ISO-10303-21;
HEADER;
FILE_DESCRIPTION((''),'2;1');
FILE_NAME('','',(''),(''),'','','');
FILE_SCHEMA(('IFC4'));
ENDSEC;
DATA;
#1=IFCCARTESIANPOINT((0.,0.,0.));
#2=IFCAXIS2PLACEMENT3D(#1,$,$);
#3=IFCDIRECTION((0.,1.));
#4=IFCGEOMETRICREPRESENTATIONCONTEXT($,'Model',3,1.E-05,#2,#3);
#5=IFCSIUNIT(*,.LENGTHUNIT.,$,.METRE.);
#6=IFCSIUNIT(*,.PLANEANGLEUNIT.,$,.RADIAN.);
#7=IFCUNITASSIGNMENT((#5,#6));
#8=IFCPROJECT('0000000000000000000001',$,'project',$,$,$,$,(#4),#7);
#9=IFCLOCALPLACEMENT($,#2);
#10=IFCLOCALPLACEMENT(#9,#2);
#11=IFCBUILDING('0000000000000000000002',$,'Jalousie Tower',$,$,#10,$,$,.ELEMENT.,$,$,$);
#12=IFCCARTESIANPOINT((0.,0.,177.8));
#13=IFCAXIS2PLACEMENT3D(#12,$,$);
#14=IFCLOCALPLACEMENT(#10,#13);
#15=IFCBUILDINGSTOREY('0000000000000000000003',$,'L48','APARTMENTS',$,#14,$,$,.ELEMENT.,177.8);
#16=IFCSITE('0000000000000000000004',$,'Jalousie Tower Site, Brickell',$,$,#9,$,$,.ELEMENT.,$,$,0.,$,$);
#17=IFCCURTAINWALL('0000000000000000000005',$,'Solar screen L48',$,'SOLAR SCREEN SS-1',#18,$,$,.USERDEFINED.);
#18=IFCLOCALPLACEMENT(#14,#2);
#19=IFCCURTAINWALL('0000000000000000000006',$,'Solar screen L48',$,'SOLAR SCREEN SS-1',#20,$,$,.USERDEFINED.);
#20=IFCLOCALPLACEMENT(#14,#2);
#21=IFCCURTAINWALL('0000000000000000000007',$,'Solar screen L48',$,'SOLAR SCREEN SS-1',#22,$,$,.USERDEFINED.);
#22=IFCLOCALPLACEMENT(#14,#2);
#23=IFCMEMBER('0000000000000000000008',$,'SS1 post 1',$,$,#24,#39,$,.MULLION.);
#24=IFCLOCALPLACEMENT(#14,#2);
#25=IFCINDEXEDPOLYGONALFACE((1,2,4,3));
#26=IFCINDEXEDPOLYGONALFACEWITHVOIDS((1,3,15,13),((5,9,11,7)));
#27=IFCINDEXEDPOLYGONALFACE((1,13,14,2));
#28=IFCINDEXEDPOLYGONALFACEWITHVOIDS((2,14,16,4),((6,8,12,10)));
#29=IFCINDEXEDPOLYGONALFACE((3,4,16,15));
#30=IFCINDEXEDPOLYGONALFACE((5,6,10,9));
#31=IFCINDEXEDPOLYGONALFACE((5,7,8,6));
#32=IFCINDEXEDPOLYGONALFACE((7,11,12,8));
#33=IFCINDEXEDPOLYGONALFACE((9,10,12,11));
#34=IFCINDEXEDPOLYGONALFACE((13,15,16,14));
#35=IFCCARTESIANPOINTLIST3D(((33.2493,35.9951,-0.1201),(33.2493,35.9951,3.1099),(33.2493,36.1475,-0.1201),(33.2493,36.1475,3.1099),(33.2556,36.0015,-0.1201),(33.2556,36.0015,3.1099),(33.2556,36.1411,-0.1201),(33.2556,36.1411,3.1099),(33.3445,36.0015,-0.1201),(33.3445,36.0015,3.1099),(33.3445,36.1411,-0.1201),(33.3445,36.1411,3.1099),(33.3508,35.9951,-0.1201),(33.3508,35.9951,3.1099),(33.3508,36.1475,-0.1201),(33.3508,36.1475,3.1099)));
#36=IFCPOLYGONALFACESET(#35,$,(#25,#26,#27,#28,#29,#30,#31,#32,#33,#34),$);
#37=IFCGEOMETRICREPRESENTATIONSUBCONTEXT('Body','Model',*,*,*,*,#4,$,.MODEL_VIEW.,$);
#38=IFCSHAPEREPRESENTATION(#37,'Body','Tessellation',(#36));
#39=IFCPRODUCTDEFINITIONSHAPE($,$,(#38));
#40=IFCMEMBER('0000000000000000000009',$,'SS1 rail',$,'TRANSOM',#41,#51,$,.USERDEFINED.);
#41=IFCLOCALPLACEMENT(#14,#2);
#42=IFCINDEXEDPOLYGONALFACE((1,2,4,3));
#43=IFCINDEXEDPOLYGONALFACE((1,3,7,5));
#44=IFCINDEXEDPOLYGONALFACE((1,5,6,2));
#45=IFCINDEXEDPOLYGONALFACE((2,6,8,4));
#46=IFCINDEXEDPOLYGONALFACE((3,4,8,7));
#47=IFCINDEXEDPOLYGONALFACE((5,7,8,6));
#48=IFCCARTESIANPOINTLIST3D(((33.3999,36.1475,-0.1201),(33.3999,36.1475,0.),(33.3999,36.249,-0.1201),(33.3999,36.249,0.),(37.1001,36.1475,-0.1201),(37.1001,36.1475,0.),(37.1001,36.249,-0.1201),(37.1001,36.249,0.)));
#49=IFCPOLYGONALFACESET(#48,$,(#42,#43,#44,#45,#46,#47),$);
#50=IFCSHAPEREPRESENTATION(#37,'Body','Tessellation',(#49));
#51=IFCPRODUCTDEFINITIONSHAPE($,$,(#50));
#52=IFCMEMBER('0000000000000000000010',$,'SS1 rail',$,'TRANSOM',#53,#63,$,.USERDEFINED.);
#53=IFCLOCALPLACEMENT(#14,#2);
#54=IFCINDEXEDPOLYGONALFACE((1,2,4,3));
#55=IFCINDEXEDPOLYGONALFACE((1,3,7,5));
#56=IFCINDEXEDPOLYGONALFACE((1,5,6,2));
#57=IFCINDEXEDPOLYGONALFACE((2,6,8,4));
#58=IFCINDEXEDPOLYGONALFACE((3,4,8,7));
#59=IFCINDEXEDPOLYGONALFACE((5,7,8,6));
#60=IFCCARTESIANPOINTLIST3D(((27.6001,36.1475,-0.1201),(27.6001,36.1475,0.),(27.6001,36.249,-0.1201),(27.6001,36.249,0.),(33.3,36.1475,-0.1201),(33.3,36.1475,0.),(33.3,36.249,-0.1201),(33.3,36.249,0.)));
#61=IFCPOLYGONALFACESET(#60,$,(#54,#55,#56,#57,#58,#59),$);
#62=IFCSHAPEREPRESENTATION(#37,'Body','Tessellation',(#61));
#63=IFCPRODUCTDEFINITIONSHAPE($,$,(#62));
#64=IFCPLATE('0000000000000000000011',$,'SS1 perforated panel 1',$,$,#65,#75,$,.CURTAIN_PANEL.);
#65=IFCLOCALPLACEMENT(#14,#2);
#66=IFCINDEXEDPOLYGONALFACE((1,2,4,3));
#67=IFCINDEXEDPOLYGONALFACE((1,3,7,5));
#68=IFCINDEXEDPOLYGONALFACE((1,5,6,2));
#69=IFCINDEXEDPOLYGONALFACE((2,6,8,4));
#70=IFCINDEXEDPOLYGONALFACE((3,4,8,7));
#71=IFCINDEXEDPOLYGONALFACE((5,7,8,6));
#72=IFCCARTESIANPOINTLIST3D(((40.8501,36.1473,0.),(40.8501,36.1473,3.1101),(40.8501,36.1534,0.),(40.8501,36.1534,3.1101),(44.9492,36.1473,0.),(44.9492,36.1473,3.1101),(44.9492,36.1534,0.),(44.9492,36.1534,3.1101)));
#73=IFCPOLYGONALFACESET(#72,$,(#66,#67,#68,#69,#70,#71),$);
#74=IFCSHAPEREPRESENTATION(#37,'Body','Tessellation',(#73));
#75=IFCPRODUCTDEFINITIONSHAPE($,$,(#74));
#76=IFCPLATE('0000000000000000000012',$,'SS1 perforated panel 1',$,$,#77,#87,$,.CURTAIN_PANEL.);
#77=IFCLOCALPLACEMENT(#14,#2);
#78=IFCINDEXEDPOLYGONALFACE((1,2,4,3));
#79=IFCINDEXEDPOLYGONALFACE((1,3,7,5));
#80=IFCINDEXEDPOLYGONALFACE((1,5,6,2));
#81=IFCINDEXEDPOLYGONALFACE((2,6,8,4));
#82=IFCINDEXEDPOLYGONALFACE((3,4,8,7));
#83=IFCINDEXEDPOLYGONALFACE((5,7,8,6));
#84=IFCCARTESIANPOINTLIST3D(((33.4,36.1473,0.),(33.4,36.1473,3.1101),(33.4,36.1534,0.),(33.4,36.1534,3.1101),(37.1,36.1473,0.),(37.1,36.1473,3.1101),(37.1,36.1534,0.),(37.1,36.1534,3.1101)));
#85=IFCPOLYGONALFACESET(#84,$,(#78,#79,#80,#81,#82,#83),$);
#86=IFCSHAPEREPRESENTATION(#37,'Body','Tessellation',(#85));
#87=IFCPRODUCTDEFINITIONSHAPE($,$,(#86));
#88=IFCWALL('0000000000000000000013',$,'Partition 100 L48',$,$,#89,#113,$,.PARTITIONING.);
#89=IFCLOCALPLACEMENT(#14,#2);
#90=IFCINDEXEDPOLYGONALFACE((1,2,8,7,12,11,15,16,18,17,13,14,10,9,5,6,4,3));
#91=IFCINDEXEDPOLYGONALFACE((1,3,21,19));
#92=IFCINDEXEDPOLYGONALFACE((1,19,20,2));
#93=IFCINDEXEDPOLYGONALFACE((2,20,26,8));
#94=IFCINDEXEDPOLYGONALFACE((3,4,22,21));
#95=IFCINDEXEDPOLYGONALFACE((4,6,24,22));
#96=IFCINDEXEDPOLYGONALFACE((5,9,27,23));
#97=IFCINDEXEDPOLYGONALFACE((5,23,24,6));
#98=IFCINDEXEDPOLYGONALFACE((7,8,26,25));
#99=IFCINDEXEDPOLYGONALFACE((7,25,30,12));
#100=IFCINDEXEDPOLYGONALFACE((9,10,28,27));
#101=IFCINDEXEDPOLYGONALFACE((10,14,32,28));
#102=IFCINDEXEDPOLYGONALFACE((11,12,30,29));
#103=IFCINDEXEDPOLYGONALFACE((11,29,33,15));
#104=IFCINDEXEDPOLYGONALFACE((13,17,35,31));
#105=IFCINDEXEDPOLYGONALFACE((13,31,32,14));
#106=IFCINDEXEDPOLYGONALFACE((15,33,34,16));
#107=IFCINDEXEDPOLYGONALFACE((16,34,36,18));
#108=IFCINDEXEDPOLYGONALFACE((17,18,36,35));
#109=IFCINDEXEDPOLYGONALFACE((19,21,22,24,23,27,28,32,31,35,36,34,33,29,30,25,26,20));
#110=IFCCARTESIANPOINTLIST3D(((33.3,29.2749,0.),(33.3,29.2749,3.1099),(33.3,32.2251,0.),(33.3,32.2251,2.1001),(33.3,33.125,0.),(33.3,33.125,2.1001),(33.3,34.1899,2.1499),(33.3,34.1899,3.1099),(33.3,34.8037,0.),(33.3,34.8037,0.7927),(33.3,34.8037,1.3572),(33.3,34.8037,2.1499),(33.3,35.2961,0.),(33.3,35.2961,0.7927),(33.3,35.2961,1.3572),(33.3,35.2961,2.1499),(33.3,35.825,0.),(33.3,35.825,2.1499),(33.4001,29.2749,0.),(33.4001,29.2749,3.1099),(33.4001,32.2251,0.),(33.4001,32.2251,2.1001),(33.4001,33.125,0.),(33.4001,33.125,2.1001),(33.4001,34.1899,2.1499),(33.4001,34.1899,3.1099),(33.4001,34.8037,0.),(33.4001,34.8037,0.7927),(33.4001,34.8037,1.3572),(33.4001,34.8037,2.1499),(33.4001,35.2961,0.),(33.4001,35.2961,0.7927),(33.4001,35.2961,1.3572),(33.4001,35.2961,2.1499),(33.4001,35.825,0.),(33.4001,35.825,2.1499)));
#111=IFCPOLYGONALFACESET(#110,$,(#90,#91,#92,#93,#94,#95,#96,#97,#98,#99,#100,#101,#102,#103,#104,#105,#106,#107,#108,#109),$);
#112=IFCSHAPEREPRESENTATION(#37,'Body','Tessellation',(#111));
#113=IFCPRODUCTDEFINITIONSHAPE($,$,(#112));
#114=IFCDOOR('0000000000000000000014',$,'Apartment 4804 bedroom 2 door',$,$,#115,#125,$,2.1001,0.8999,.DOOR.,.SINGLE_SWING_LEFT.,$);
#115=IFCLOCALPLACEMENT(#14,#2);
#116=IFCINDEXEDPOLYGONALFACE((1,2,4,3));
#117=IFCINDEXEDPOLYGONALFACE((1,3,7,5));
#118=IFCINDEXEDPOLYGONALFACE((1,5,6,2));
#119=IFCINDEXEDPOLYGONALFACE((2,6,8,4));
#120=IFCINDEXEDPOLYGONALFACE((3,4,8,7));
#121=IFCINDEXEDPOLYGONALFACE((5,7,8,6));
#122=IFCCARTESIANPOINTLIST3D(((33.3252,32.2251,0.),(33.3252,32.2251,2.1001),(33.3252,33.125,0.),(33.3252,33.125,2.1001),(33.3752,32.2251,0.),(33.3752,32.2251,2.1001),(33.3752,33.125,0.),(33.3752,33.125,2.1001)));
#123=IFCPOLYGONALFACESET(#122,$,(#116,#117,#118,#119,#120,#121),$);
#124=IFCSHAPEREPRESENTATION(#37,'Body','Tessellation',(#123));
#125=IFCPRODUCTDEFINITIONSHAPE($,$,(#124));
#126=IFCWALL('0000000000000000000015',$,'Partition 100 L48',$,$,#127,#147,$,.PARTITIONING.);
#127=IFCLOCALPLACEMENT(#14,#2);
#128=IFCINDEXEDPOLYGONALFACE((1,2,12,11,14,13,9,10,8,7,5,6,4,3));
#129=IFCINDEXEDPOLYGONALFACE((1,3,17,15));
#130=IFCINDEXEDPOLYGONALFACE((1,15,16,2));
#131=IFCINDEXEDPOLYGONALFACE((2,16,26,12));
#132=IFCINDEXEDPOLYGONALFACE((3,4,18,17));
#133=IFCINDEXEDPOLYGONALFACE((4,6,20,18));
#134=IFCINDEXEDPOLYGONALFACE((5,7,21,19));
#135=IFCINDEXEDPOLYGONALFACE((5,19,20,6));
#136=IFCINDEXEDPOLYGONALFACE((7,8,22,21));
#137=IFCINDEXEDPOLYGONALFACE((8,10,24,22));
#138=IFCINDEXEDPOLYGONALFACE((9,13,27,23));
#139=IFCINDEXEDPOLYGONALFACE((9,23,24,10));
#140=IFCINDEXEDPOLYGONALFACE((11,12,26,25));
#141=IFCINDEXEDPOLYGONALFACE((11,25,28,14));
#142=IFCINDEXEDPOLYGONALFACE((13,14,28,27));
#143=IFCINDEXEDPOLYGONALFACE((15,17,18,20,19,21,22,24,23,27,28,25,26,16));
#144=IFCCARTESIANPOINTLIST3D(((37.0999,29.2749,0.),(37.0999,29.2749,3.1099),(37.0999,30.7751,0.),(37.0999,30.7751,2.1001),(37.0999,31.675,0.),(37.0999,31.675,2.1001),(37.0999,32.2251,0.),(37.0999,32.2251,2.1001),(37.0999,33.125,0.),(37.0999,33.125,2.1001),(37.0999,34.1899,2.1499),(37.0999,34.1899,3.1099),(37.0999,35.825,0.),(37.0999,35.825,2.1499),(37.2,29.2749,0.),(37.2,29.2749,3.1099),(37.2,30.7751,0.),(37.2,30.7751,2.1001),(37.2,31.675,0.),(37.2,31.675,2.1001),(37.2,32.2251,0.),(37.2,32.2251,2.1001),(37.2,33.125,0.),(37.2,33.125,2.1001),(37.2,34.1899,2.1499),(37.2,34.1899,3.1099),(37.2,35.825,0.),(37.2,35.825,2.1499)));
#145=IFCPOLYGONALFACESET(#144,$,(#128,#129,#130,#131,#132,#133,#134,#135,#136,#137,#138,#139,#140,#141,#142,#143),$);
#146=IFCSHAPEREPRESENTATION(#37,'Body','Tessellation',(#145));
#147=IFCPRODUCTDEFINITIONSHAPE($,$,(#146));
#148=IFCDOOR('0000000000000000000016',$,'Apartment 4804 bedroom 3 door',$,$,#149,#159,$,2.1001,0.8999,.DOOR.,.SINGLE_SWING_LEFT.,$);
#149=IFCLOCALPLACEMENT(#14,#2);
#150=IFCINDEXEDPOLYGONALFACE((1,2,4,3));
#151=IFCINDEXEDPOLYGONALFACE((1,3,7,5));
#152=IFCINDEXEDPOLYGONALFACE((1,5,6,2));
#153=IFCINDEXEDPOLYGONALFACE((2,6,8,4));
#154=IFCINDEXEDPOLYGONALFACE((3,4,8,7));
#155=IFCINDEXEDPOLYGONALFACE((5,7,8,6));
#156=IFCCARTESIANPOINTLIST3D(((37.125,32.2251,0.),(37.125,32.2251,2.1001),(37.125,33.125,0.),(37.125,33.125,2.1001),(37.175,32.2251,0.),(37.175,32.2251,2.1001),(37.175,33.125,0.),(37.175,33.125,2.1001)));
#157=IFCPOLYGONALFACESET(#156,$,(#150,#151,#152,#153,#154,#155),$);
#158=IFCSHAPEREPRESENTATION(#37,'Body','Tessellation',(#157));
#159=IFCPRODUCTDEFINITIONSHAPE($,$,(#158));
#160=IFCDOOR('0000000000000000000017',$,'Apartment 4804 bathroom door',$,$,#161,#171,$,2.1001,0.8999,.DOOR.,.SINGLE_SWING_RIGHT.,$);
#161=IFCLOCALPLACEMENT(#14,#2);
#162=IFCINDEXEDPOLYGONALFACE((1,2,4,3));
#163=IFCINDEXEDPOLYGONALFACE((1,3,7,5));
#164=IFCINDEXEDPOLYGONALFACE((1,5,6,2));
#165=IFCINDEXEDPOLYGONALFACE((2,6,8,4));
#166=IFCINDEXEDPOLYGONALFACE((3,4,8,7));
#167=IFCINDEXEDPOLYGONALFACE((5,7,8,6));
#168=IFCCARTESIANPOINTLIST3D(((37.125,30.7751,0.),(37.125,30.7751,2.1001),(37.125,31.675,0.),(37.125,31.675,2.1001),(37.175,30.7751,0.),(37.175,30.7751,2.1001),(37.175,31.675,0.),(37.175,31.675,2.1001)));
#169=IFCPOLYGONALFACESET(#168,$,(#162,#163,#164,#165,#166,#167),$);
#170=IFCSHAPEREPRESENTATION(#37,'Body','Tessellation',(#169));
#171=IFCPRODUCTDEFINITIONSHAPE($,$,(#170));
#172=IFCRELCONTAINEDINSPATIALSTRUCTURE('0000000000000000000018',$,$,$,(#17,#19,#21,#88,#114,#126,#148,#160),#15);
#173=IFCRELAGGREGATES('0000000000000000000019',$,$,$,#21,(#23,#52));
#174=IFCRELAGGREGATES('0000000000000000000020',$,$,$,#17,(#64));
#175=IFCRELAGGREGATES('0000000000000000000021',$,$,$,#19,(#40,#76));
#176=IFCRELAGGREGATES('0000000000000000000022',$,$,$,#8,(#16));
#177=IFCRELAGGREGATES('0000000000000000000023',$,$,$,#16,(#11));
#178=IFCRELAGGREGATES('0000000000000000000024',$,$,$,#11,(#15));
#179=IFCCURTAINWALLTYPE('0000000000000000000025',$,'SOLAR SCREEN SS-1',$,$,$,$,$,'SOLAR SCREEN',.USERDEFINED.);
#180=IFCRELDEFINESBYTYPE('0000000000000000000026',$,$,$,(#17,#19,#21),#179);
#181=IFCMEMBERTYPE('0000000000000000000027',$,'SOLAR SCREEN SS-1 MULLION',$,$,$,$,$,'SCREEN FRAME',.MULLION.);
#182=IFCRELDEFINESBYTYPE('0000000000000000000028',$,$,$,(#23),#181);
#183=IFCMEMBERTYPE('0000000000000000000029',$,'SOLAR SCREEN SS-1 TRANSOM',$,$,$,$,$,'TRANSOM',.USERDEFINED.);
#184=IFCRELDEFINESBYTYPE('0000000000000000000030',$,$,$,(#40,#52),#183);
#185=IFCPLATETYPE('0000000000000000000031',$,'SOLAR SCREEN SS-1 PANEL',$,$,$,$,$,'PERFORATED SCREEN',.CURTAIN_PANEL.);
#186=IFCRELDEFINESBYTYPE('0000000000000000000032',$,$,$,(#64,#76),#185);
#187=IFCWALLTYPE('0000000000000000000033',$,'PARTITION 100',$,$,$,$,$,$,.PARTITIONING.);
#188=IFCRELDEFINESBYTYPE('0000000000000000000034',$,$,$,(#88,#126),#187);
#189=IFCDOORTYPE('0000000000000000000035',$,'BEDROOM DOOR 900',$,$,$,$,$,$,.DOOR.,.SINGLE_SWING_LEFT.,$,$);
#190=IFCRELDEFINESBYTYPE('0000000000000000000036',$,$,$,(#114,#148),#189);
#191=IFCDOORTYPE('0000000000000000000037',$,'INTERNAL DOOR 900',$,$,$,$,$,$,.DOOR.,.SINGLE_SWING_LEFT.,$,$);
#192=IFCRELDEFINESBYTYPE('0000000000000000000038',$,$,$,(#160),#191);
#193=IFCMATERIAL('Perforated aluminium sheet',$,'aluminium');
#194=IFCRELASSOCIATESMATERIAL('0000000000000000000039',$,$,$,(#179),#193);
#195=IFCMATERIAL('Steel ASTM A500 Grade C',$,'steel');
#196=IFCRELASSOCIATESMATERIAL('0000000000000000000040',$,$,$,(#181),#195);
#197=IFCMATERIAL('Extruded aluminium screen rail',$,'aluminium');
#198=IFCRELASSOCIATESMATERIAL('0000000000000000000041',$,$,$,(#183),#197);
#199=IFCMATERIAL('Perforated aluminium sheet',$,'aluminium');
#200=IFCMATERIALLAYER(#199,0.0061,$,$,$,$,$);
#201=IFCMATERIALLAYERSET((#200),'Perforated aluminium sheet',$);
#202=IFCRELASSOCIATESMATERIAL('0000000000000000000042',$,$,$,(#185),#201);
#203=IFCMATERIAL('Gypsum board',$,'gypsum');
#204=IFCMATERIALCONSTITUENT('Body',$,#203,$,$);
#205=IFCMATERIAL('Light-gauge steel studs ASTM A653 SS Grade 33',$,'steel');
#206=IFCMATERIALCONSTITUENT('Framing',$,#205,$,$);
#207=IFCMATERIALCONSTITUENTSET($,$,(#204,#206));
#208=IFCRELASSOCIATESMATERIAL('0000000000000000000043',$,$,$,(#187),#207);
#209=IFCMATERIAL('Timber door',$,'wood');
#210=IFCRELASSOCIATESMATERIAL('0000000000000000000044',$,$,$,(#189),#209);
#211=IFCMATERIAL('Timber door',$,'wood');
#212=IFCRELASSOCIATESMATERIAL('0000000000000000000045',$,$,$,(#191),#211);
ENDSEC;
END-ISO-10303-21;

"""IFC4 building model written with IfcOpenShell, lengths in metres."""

from ifc_helpers import new_model, si_unit, direction, frame, frame_2d, origin, origin_2d, place, context, subcontext, project, spatial, polyline, rectangle, hollow_rectangle, outline, extrude, material, layer, layer_set, constituent, constituent_set, material_profile, profile_set, type_object, element, fill, aggregate, save


model = new_model("IFC4")

# Units and contexts
model_context = context("Model", 3, precision=1e-05, world=origin(), true_north=direction((0.0, 1.0)))
body_context = subcontext(model_context, "Body", "Model", "MODEL_VIEW")
ifc_project = project(units=[si_unit("LENGTHUNIT", "METRE"), si_unit("PLANEANGLEUNIT", "RADIAN")], contexts=[model_context])

# Site, building, storey
site_placement = place(None, origin())
site = spatial("IfcSite", under=ifc_project, at=site_placement, Name="Jalousie Tower Site, Brickell", CompositionType="ELEMENT", RefElevation=0.0)
building_placement = place(site_placement, origin())
building = spatial("IfcBuilding", under=site, at=building_placement, Name="Jalousie Tower", CompositionType="ELEMENT")
storey_placement = place(building_placement, frame((0.0, 0.0, 177.8)))
storey = spatial("IfcBuildingStorey", under=building, at=storey_placement, Name="L48", Description="APARTMENTS", CompositionType="ELEMENT", Elevation=177.8)

# Curtain wall
ifc_material_1 = material(Name="Perforated aluminium sheet", Category="aluminium")
curtain_wall_type = type_object("IfcCurtainWallType", Name="SOLAR SCREEN SS-1", ElementType="SOLAR SCREEN", PredefinedType="USERDEFINED", material=ifc_material_1)
curtain_wall_1_placement = place(storey_placement, origin())
curtain_wall_1 = element("IfcCurtainWall", 1, at=curtain_wall_1_placement, inside=storey, type_object=curtain_wall_type, Name="Solar screen L48", ObjectType="SOLAR SCREEN SS-1", PredefinedType="USERDEFINED")
ifc_material_2 = material(Name="Steel ASTM A500 Grade C", Category="steel")
ifc_material_profile_1 = material_profile(ifc_material_2, hollow_rectangle(XDim=0.1016, YDim=0.1523, WallThickness=0.0063, at=origin_2d()), Name="HSS6X4X1/4")
ifc_profile_set_1 = profile_set([ifc_material_profile_1], Name="Steel ASTM A500 Grade C")
member_type_1 = type_object("IfcMemberType", Name="SOLAR SCREEN SS-1 MULLION", ElementType="SCREEN FRAME", PredefinedType="MULLION", material=ifc_profile_set_1)

# Curtain wall
curtain_wall_2_placement = place(storey_placement, origin())
curtain_wall_2 = element("IfcCurtainWall", 2, at=curtain_wall_2_placement, inside=storey, type_object=curtain_wall_type, Name="Solar screen L48", ObjectType="SOLAR SCREEN SS-1", PredefinedType="USERDEFINED")

# Curtain wall, member
curtain_wall_3_placement = place(storey_placement, origin())
curtain_wall_3 = element("IfcCurtainWall", 3, at=curtain_wall_3_placement, inside=storey, type_object=curtain_wall_type, Name="Solar screen L48", ObjectType="SOLAR SCREEN SS-1", PredefinedType="USERDEFINED")
member_1_placement = place(storey_placement, frame((33.3, 36.0713, -0.1201), z_axis=(0.0, 0.0, 1.0), x_axis=(-1.0, 0.0, 0.0)))
member_1 = element("IfcMember", 4, at=member_1_placement, type_object=member_type_1, Name="SS1 post 1", PredefinedType="MULLION", context=body_context, shape_type="SweptSolid", body=[
    extrude(hollow_rectangle(XDim=0.1016, YDim=0.1523, WallThickness=0.0063, at=origin_2d()), origin(), (0.0, 0.0, 1.0), 3.23),
])

# Members
ifc_material_3 = material(Name="Extruded aluminium screen rail", Category="aluminium")
ifc_material_profile_2 = material_profile(ifc_material_3, rectangle(XDim=0.1016, YDim=0.1201, at=origin_2d()), Name="RAIL 102x120")
ifc_profile_set_2 = profile_set([ifc_material_profile_2], Name="Extruded aluminium screen rail")
member_type_2 = type_object("IfcMemberType", Name="SOLAR SCREEN SS-1 TRANSOM", ElementType="TRANSOM", PredefinedType="USERDEFINED", material=ifc_profile_set_2)
member_2_placement = place(storey_placement, frame((37.1001, 36.1982, -0.0601), z_axis=(-1.0, 0.0, 0.0), x_axis=(0.0, -1.0, 0.0)))
member_2 = element("IfcMember", 5, at=member_2_placement, type_object=member_type_2, Name="SS1 rail", ObjectType="TRANSOM", PredefinedType="USERDEFINED", context=body_context, shape_type="SweptSolid", body=[
    extrude(rectangle(XDim=0.1016, YDim=0.1201, at=origin_2d()), origin(), (0.0, 0.0, 1.0), 3.7002),
])
member_3_placement = place(storey_placement, frame((33.3, 36.1982, -0.0601), z_axis=(-1.0, 0.0, 0.0), x_axis=(0.0, -1.0, 0.0)))
member_3 = element("IfcMember", 6, at=member_3_placement, type_object=member_type_2, Name="SS1 rail", ObjectType="TRANSOM", PredefinedType="USERDEFINED", context=body_context, shape_type="SweptSolid", body=[
    extrude(rectangle(XDim=0.1016, YDim=0.1201, at=origin_2d()), origin(), (0.0, 0.0, 1.0), 5.7),
])
aggregate(curtain_wall_3, [member_1, member_3])

# Plates
ifc_material_4 = material(Name="Perforated aluminium sheet", Category="aluminium")
ifc_layer_1 = layer(ifc_material_4, 0.0061)
ifc_layer_set_1 = layer_set([ifc_layer_1], Name="Perforated aluminium sheet")
plate_type = type_object("IfcPlateType", Name="SOLAR SCREEN SS-1 PANEL", ElementType="PERFORATED SCREEN", PredefinedType="CURTAIN_PANEL", material=ifc_layer_set_1)
plate_1_placement = place(storey_placement, frame((42.8997, 36.1504, 0.0), z_axis=(0.0, 0.0, 1.0), x_axis=(-1.0, 0.0, 0.0)))
plate_1 = element("IfcPlate", 7, at=plate_1_placement, type_object=plate_type, Name="SS1 perforated panel 1", PredefinedType="CURTAIN_PANEL", context=body_context, shape_type="SweptSolid", body=[
    extrude(rectangle(XDim=4.0991, YDim=0.0061, at=origin_2d()), origin(), (0.0, 0.0, 1.0), 3.1101),
])
aggregate(curtain_wall_1, [plate_1])
plate_2_placement = place(storey_placement, frame((35.25, 36.1504, 0.0), z_axis=(0.0, 0.0, 1.0), x_axis=(-1.0, 0.0, 0.0)))
plate_2 = element("IfcPlate", 8, at=plate_2_placement, type_object=plate_type, Name="SS1 perforated panel 1", PredefinedType="CURTAIN_PANEL", context=body_context, shape_type="SweptSolid", body=[
    extrude(rectangle(XDim=3.7, YDim=0.0061, at=origin_2d()), origin(), (0.0, 0.0, 1.0), 3.1101),
])
aggregate(curtain_wall_2, [member_2, plate_2])

# Wall, opening, door
ifc_material_5 = material(Name="Gypsum board", Category="gypsum")
ifc_constituent_1 = constituent(ifc_material_5, Name="Body")
ifc_material_6 = material(Name="Light-gauge steel studs ASTM A653 SS Grade 33", Category="steel")
ifc_constituent_2 = constituent(ifc_material_6, Name="Framing")
ifc_constituent_set = constituent_set(constituents=[ifc_constituent_1, ifc_constituent_2])
wall_type_1 = type_object("IfcWallType", Name="PARTITION 100", PredefinedType="PARTITIONING", material=ifc_constituent_set)
wall_1_placement = place(storey_placement, frame((33.3501, 35.825, 0.0), z_axis=(0.0, 0.0, 1.0), x_axis=(0.0, -1.0, 0.0)))
wall_1 = element("IfcWall", 9, at=wall_1_placement, inside=storey, type_object=wall_type_1, Name="Partition 100 L48", PredefinedType="PARTITIONING", context=body_context, shape_type="SweptSolid", body=[
    extrude(outline(polyline([(0.5288, 2.1499), (0.0, 2.1499), (0.0, 0.0), (0.5288, 0.0), (0.5288, 0.7927), (1.0212, 0.7927), (1.0212, 0.0), (6.55, 0.0), (6.55, 3.1099), (1.635, 3.1099), (1.635, 2.1499), (1.0212, 2.1499), (1.0212, 1.3572), (0.5288, 1.3572), (0.5288, 2.1499)])), frame((0.0, 0.05, 0.0), z_axis=(0.0, -1.0, 0.0), x_axis=(1.0, 0.0, 0.0)), (0.0, 0.0, 1.0), 0.1001),
])
opening_1_placement = place(wall_1_placement, frame((2.7, 0.0, 0.0)))
opening_1 = element("IfcOpeningElement", 10, at=opening_1_placement, cuts=wall_1, PredefinedType="OPENING", context=body_context, shape_type="SweptSolid", body=[
    extrude(rectangle(XDim=0.8999, YDim=2.1001, at=frame_2d((0.45, 1.05))), frame((0.0, 0.0601, 0.0), z_axis=(0.0, -1.0, 0.0), x_axis=(1.0, 0.0, 0.0)), (0.0, 0.0, 1.0), 0.1201),
])
ifc_material_7 = material(Name="Timber door", Category="wood")
door_type_1 = type_object("IfcDoorType", Name="BEDROOM DOOR 900", OperationType="SINGLE_SWING_LEFT", PredefinedType="DOOR", material=ifc_material_7)
door_1_placement = place(opening_1_placement, frame((0.8999, 0.0, 0.0), z_axis=(0.0, 0.0, 1.0), x_axis=(-1.0, 0.0, 0.0)))
door_1 = element("IfcDoor", 11, at=door_1_placement, inside=storey, type_object=door_type_1, Name="Apartment 4804 bedroom 2 door", OperationType="SINGLE_SWING_LEFT", OverallHeight=2.1001, OverallWidth=0.8999, PredefinedType="DOOR", context=body_context, shape_type="SweptSolid", body=[
    extrude(rectangle(XDim=0.8999, YDim=2.1001, at=frame_2d((0.45, 1.05))), frame((0.0, 0.0249, 0.0), z_axis=(0.0, -1.0, 0.0), x_axis=(1.0, 0.0, 0.0)), (0.0, 0.0, 1.0), 0.05),
])
fill(opening_1, door_1)

# Wall, openings, doors
wall_2_placement = place(storey_placement, frame((37.1499, 35.825, 0.0), z_axis=(0.0, 0.0, 1.0), x_axis=(0.0, -1.0, 0.0)))
wall_2 = element("IfcWall", 12, at=wall_2_placement, inside=storey, type_object=wall_type_1, Name="Partition 100 L48", PredefinedType="PARTITIONING", context=body_context, shape_type="SweptSolid", body=[
    extrude(outline(polyline([(0.0, 0.0), (6.55, 0.0), (6.55, 3.1099), (1.635, 3.1099), (1.635, 2.1499), (0.0, 2.1499), (0.0, 3.1099), (0.0, 0.0)])), frame((0.0, 0.05, 0.0), z_axis=(0.0, -1.0, 0.0), x_axis=(1.0, 0.0, 0.0)), (0.0, 0.0, 1.0), 0.1001),
])
opening_2_placement = place(wall_2_placement, frame((2.7, 0.0, 0.0)))
opening_2 = element("IfcOpeningElement", 13, at=opening_2_placement, cuts=wall_2, PredefinedType="OPENING", context=body_context, shape_type="SweptSolid", body=[
    extrude(rectangle(XDim=0.8999, YDim=2.1001, at=frame_2d((0.45, 1.05))), frame((0.0, 0.0601, 0.0), z_axis=(0.0, -1.0, 0.0), x_axis=(1.0, 0.0, 0.0)), (0.0, 0.0, 1.0), 0.1201),
])
opening_3_placement = place(wall_2_placement, frame((4.1499, 0.0, 0.0)))
opening_3 = element("IfcOpeningElement", 14, at=opening_3_placement, cuts=wall_2, PredefinedType="OPENING", context=body_context, shape_type="SweptSolid", body=[
    extrude(rectangle(XDim=0.8999, YDim=2.1001, at=frame_2d((0.45, 1.05))), frame((0.0, 0.0601, 0.0), z_axis=(0.0, -1.0, 0.0), x_axis=(1.0, 0.0, 0.0)), (0.0, 0.0, 1.0), 0.1201),
])
door_2_placement = place(opening_2_placement, frame((0.8999, 0.0, 0.0), z_axis=(0.0, 0.0, 1.0), x_axis=(-1.0, 0.0, 0.0)))
door_2 = element("IfcDoor", 15, at=door_2_placement, inside=storey, type_object=door_type_1, Name="Apartment 4804 bedroom 3 door", OperationType="SINGLE_SWING_LEFT", OverallHeight=2.1001, OverallWidth=0.8999, PredefinedType="DOOR", context=body_context, shape_type="SweptSolid", body=[
    extrude(rectangle(XDim=0.8999, YDim=2.1001, at=frame_2d((0.45, 1.05))), frame((0.0, 0.0249, 0.0), z_axis=(0.0, -1.0, 0.0), x_axis=(1.0, 0.0, 0.0)), (0.0, 0.0, 1.0), 0.05),
])
fill(opening_2, door_2)
ifc_material_8 = material(Name="Timber door", Category="wood")
door_type_2 = type_object("IfcDoorType", Name="INTERNAL DOOR 900", OperationType="SINGLE_SWING_LEFT", PredefinedType="DOOR", material=ifc_material_8)
door_3_placement = place(opening_3_placement, frame((0.8999, 0.0, 0.0), z_axis=(0.0, 0.0, 1.0), x_axis=(-1.0, 0.0, 0.0)))
door_3 = element("IfcDoor", 16, at=door_3_placement, inside=storey, type_object=door_type_2, Name="Apartment 4804 bathroom door", OperationType="SINGLE_SWING_RIGHT", OverallHeight=2.1001, OverallWidth=0.8999, PredefinedType="DOOR", context=body_context, shape_type="SweptSolid", body=[
    extrude(rectangle(XDim=0.8999, YDim=2.1001, at=frame_2d((0.45, 1.05))), frame((0.0, 0.0249, 0.0), z_axis=(0.0, -1.0, 0.0), x_axis=(1.0, 0.0, 0.0)), (0.0, 0.0, 1.0), 0.05),
])
fill(opening_3, door_3)

save(model, "model.ifc")
